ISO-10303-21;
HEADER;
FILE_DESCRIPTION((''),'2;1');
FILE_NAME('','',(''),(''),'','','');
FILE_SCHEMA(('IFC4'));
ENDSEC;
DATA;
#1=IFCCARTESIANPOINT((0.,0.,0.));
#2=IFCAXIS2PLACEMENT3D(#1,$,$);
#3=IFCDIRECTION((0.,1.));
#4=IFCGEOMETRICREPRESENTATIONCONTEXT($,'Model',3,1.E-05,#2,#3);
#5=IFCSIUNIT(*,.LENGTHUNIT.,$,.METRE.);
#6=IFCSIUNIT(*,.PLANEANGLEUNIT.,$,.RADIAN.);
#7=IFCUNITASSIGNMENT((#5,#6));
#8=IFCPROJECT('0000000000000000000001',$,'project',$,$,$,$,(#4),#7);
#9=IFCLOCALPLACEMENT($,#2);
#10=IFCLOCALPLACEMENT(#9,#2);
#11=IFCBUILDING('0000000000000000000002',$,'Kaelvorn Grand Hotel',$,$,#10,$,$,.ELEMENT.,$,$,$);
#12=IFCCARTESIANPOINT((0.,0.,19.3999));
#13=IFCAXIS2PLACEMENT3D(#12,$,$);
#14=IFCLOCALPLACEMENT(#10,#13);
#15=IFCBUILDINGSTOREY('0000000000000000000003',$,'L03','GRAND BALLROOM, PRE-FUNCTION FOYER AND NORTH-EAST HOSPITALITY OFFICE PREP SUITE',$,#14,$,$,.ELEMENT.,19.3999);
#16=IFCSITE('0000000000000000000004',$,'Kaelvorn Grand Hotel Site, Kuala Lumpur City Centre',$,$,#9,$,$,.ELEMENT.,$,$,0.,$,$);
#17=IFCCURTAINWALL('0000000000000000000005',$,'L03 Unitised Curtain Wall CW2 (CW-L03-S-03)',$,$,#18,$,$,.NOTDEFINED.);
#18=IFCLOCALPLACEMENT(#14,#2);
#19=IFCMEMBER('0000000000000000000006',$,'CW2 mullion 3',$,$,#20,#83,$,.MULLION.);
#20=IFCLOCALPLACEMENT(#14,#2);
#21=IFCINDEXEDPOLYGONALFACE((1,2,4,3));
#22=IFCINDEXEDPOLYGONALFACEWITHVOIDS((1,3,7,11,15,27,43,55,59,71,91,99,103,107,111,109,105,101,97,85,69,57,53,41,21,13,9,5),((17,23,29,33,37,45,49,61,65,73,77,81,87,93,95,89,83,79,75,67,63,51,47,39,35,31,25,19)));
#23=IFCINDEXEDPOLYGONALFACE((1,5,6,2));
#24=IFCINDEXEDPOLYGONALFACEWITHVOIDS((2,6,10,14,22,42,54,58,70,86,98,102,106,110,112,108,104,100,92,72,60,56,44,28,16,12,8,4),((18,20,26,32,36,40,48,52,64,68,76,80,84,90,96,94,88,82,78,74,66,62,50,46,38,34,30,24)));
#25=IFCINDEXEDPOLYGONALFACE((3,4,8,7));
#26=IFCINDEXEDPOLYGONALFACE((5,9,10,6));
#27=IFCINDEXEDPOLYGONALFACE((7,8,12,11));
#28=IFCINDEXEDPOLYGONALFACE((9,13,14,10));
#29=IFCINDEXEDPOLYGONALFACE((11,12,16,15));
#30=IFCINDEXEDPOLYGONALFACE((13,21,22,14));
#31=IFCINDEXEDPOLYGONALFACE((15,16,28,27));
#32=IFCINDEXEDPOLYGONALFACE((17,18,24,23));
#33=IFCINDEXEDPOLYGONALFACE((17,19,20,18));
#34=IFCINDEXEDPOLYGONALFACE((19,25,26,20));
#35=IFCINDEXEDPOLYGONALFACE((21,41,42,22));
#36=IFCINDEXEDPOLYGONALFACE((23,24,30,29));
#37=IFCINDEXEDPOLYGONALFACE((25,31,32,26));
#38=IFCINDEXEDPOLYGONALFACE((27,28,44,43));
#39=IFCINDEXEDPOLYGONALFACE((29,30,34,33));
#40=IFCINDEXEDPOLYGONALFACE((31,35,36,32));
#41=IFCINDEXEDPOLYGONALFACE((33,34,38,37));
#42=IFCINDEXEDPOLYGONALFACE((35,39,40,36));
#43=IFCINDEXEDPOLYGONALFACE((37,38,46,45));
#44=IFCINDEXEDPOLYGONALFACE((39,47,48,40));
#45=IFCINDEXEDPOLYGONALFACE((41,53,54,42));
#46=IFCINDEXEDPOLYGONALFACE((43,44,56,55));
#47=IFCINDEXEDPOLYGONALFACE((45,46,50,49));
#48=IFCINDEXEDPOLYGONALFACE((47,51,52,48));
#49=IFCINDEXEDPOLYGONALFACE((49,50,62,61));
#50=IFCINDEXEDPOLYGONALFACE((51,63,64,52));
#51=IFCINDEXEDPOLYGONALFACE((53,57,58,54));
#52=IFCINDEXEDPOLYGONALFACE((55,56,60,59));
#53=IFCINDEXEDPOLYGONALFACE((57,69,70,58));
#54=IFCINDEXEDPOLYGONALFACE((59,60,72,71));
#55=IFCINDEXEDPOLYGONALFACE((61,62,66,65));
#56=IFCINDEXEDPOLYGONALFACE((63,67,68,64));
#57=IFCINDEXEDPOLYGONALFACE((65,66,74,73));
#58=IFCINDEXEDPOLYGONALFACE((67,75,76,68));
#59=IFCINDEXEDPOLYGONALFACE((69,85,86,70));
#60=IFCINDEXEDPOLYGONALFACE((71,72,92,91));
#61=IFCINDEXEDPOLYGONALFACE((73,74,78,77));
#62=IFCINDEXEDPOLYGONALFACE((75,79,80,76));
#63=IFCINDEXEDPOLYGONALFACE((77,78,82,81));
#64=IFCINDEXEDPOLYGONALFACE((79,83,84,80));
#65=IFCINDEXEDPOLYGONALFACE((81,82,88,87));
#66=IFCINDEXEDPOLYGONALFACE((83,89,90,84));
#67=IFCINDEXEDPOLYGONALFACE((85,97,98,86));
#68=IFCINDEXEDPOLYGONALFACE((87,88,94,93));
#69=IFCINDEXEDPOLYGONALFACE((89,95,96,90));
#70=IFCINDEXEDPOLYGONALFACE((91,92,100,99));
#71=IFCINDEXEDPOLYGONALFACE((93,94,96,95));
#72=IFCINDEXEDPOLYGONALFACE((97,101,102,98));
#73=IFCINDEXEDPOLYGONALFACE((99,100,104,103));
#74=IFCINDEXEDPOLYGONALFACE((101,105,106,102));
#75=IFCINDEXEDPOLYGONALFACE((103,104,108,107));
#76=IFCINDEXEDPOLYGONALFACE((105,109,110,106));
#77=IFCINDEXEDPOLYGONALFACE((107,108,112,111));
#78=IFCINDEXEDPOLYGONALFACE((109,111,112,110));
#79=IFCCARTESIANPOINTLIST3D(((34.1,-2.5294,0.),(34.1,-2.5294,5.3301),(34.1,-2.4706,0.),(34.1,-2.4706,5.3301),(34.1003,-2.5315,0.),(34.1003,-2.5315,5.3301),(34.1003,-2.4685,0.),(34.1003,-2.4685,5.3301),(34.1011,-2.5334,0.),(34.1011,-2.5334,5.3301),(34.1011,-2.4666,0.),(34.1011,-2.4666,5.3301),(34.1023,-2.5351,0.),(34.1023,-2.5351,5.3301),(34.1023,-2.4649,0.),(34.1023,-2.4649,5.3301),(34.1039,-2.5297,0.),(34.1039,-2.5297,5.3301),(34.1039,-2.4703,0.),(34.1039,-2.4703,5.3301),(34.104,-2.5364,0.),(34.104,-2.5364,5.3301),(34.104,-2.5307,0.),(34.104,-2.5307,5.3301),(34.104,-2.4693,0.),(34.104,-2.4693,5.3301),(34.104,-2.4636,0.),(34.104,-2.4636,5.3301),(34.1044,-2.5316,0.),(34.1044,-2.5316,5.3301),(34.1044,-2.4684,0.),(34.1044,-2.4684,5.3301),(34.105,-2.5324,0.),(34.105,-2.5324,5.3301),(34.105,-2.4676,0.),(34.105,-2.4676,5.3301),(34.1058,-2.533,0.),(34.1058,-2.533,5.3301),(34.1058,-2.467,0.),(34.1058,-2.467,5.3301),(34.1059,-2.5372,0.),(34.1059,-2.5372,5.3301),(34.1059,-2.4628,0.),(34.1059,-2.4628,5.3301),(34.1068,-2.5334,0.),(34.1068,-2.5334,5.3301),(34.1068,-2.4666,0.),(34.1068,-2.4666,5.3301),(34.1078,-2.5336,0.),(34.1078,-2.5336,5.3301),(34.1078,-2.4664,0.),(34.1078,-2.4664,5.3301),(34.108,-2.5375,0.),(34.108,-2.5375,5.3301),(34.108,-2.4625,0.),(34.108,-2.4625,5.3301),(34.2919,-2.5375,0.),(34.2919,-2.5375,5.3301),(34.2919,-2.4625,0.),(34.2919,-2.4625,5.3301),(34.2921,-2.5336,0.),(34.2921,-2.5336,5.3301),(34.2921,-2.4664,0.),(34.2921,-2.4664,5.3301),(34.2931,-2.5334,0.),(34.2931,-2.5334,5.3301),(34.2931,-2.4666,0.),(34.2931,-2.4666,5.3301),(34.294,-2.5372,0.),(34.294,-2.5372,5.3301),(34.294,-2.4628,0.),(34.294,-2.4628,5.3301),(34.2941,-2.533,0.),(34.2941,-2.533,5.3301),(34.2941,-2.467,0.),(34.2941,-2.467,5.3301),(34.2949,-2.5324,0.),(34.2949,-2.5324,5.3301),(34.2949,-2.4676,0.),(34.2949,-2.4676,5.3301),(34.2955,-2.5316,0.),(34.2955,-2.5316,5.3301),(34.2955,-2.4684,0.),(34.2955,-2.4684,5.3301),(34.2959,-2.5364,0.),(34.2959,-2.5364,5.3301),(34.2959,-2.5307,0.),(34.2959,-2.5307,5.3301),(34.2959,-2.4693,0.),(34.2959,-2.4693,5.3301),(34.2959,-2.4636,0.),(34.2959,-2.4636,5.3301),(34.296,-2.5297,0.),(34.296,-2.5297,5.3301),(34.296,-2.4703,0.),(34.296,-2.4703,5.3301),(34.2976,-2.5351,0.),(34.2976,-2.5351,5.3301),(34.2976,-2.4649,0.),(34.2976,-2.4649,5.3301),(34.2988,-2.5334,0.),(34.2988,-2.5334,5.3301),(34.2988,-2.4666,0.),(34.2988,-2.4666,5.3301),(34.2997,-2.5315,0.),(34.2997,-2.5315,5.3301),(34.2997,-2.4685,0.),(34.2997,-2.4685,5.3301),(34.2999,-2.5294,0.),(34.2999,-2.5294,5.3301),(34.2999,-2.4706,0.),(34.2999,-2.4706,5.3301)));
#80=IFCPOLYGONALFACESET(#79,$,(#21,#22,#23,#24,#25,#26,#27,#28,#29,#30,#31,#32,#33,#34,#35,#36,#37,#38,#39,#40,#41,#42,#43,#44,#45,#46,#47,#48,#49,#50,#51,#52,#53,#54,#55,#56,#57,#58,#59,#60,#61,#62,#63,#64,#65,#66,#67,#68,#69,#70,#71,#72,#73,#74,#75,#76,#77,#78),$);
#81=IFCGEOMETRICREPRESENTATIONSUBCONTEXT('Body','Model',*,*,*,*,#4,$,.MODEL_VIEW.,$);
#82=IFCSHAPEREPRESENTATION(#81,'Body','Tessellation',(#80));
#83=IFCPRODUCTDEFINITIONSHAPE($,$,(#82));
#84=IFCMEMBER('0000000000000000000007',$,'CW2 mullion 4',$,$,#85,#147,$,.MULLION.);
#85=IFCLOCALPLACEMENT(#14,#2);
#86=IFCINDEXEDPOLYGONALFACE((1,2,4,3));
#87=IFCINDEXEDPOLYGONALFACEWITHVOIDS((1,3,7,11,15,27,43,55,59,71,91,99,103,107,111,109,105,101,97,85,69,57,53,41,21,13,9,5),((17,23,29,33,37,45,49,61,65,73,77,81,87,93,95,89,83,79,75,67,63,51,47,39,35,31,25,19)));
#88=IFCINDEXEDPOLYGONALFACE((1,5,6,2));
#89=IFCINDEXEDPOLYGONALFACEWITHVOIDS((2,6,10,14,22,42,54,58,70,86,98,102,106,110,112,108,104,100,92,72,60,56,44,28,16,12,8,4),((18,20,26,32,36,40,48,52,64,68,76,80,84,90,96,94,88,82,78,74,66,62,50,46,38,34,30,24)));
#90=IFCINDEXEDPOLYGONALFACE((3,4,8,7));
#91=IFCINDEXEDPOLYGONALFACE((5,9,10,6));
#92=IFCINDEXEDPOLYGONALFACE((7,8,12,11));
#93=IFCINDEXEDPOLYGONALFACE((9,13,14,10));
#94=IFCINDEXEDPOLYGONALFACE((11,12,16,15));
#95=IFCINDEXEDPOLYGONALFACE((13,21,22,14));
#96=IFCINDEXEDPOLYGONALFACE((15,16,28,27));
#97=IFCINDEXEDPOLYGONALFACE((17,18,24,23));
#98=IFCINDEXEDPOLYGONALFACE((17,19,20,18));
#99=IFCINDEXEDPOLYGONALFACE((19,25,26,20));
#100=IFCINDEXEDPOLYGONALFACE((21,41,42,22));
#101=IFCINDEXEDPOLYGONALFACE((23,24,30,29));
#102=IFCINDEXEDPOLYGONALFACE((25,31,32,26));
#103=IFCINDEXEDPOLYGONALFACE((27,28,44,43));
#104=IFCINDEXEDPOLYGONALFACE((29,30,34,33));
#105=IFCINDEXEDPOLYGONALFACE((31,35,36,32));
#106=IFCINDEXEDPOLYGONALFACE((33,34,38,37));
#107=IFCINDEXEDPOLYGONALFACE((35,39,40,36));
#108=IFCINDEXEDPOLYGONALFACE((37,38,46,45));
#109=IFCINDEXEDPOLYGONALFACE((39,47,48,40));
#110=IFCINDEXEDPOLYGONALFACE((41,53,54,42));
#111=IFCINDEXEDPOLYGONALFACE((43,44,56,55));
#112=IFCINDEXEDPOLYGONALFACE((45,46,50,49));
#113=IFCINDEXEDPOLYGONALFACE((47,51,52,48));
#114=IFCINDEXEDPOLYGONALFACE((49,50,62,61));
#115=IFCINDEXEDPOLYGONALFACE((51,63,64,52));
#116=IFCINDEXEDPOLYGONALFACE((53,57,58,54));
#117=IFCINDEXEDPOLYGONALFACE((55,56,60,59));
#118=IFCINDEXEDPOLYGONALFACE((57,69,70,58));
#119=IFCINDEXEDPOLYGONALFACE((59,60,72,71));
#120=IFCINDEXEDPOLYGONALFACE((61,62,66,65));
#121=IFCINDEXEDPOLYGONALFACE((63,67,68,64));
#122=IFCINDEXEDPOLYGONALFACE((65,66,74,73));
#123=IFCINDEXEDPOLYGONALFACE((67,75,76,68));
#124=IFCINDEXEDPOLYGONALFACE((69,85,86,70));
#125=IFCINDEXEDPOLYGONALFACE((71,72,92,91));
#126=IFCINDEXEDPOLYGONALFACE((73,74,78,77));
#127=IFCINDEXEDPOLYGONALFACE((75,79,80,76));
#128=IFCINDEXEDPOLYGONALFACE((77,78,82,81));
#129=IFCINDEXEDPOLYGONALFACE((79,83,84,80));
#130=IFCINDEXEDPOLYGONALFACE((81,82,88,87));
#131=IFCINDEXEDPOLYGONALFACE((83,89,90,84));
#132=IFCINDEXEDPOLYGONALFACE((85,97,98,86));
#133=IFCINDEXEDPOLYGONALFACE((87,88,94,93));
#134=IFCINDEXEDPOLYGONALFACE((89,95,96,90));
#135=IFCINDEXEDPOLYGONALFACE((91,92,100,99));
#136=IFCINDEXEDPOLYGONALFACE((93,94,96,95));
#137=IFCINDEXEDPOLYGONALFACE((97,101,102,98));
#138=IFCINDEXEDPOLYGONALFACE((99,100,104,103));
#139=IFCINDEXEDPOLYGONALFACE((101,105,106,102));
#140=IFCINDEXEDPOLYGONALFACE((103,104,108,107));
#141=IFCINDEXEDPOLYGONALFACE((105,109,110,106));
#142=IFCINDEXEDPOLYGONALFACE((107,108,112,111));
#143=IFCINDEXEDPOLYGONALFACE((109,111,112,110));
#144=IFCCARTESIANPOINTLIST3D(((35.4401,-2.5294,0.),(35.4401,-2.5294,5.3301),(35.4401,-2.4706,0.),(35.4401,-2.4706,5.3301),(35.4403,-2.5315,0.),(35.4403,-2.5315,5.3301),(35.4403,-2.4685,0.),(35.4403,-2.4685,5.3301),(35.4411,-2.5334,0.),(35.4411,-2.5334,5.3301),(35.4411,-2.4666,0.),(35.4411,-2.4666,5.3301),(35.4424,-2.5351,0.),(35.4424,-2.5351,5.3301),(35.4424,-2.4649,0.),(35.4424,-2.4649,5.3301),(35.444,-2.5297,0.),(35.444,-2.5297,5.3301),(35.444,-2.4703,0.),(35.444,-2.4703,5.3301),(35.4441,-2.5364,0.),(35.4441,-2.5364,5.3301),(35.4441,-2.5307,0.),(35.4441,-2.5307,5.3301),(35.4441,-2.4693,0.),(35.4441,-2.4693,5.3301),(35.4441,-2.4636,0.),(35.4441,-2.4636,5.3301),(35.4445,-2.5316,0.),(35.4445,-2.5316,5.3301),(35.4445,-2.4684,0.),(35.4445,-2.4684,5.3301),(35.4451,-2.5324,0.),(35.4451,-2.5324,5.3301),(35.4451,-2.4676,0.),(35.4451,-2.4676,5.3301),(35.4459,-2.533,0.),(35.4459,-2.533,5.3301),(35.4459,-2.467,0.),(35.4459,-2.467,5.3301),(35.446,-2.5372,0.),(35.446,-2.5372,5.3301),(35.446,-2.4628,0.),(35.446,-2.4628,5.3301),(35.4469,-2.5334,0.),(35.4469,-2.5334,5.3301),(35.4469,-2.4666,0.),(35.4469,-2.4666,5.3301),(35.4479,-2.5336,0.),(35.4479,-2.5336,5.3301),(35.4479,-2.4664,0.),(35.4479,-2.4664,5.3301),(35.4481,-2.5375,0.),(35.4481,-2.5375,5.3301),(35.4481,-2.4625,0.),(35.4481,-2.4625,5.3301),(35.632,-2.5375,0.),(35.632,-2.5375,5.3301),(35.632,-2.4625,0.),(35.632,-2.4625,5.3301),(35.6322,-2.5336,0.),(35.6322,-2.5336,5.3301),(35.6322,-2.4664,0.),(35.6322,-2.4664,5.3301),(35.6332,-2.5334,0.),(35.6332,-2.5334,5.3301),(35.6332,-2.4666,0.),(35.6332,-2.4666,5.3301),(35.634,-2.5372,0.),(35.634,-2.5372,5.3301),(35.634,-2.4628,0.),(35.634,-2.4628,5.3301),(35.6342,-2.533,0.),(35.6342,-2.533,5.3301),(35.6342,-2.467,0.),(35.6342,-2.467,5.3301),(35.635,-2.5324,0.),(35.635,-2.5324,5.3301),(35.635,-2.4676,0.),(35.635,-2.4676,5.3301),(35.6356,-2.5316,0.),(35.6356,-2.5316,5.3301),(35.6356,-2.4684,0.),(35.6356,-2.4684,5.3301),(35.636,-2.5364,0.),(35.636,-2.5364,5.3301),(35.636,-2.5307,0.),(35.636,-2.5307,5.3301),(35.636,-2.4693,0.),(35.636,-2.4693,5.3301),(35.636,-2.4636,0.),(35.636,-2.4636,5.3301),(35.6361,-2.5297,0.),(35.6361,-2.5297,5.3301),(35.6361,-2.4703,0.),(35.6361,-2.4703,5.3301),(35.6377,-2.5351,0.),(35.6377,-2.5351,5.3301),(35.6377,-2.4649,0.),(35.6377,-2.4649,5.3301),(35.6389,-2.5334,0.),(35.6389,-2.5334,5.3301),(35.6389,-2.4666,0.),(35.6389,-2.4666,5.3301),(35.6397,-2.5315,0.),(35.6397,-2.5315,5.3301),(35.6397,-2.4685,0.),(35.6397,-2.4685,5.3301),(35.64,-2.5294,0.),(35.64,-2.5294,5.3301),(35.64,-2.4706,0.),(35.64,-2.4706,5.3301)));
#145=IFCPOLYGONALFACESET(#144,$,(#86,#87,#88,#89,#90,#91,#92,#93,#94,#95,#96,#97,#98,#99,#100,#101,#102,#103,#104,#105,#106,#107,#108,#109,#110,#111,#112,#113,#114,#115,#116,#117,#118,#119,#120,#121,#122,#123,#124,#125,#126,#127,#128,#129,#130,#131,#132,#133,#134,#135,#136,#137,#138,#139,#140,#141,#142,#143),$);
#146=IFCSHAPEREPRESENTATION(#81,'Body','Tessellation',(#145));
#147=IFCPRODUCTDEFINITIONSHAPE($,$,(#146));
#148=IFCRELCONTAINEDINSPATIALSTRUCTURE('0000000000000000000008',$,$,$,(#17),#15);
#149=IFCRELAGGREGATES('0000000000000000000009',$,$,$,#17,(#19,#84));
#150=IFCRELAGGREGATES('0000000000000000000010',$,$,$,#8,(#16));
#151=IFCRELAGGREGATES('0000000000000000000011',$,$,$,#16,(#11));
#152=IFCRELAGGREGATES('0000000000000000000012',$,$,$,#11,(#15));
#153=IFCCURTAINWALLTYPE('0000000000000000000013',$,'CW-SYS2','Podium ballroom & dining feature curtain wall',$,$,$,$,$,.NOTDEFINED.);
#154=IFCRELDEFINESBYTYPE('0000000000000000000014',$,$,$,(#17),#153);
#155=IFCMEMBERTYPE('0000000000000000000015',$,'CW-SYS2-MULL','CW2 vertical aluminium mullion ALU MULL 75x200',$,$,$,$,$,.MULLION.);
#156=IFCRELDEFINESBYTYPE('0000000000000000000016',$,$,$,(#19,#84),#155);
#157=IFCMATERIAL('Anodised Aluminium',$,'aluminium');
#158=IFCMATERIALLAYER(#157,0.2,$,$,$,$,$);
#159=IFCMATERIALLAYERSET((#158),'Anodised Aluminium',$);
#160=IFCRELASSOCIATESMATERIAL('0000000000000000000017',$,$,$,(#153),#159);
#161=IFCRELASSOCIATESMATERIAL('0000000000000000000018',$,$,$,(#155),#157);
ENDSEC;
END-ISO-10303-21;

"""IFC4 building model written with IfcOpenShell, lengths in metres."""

from ifc_helpers import new_model, si_unit, direction, frame, origin, origin_2d, place, context, subcontext, project, spatial, hollow_rectangle, extrude, material, layer, layer_set, material_profile, profile_set, type_object, element, aggregate, save


model = new_model("IFC4")

# Units and contexts
model_context = context("Model", 3, precision=1e-05, world=origin(), true_north=direction((0.0, 1.0)))
body_context = subcontext(model_context, "Body", "Model", "MODEL_VIEW")
ifc_project = project(units=[si_unit("LENGTHUNIT", "METRE"), si_unit("PLANEANGLEUNIT", "RADIAN")], contexts=[model_context])

# Site, building, storey
site_placement = place(None, origin())
site = spatial("IfcSite", under=ifc_project, at=site_placement, Name="Kaelvorn Grand Hotel Site, Kuala Lumpur City Centre", CompositionType="ELEMENT", RefElevation=0.0)
building_placement = place(site_placement, origin())
building = spatial("IfcBuilding", under=site, at=building_placement, Name="Kaelvorn Grand Hotel", CompositionType="ELEMENT")
storey_placement = place(building_placement, frame((0.0, 0.0, 19.3999)))
storey = spatial("IfcBuildingStorey", under=building, at=storey_placement, Name="L03", Description="GRAND BALLROOM, PRE-FUNCTION FOYER AND NORTH-EAST HOSPITALITY OFFICE PREP SUITE", CompositionType="ELEMENT", Elevation=19.3999)

# Curtain wall, members
ifc_material_1 = material(Name="Anodised Aluminium", Category="aluminium")
ifc_layer_1 = layer(ifc_material_1, 0.2)
ifc_layer_set_1 = layer_set([ifc_layer_1], Name="Anodised Aluminium")
curtain_wall_type = type_object("IfcCurtainWallType", Name="CW-SYS2", Description="Podium ballroom & dining feature curtain wall", PredefinedType="NOTDEFINED", material=ifc_layer_set_1)
curtain_wall_1_placement = place(storey_placement, origin())
curtain_wall_1 = element("IfcCurtainWall", 1, at=curtain_wall_1_placement, inside=storey, type_object=curtain_wall_type, Name="L03 Unitised Curtain Wall CW2 (CW-L03-S-03)", PredefinedType="NOTDEFINED")
ifc_material_profile_1 = material_profile(ifc_material_1, hollow_rectangle(XDim=0.075, YDim=0.2, WallThickness=0.0039, InnerFilletRadius=0.0039, OuterFilletRadius=0.0081, at=origin_2d()), Name="ALU MULL 75x200")
ifc_profile_set_1 = profile_set([ifc_material_profile_1], Name="Anodised Aluminium")
member_type_1 = type_object("IfcMemberType", Name="CW-SYS2-MULL", Description="CW2 vertical aluminium mullion ALU MULL 75x200", PredefinedType="MULLION", material=ifc_profile_set_1)
member_1_placement = place(storey_placement, frame((34.2, -2.5, 0.0), z_axis=(0.0, 0.0, 1.0), x_axis=(0.0, 1.0, 0.0)))
member_1 = element("IfcMember", 2, at=member_1_placement, type_object=member_type_1, Name="CW2 mullion 3", PredefinedType="MULLION", context=body_context, shape_type="SweptSolid", body=[
    extrude(hollow_rectangle(XDim=0.075, YDim=0.2, WallThickness=0.0039, InnerFilletRadius=0.0039, OuterFilletRadius=0.0081, at=origin_2d()), origin(), (0.0, 0.0, 1.0), 5.3301),
])
member_2_placement = place(storey_placement, frame((35.54, -2.5, 0.0), z_axis=(0.0, 0.0, 1.0), x_axis=(0.0, 1.0, 0.0)))
member_2 = element("IfcMember", 3, at=member_2_placement, type_object=member_type_1, Name="CW2 mullion 4", PredefinedType="MULLION", context=body_context, shape_type="SweptSolid", body=[
    extrude(hollow_rectangle(XDim=0.075, YDim=0.2, WallThickness=0.0039, InnerFilletRadius=0.0039, OuterFilletRadius=0.0081, at=origin_2d()), origin(), (0.0, 0.0, 1.0), 5.3301),
])

aggregate(curtain_wall_1, [member_1, member_2])

save(model, "model.ifc")
